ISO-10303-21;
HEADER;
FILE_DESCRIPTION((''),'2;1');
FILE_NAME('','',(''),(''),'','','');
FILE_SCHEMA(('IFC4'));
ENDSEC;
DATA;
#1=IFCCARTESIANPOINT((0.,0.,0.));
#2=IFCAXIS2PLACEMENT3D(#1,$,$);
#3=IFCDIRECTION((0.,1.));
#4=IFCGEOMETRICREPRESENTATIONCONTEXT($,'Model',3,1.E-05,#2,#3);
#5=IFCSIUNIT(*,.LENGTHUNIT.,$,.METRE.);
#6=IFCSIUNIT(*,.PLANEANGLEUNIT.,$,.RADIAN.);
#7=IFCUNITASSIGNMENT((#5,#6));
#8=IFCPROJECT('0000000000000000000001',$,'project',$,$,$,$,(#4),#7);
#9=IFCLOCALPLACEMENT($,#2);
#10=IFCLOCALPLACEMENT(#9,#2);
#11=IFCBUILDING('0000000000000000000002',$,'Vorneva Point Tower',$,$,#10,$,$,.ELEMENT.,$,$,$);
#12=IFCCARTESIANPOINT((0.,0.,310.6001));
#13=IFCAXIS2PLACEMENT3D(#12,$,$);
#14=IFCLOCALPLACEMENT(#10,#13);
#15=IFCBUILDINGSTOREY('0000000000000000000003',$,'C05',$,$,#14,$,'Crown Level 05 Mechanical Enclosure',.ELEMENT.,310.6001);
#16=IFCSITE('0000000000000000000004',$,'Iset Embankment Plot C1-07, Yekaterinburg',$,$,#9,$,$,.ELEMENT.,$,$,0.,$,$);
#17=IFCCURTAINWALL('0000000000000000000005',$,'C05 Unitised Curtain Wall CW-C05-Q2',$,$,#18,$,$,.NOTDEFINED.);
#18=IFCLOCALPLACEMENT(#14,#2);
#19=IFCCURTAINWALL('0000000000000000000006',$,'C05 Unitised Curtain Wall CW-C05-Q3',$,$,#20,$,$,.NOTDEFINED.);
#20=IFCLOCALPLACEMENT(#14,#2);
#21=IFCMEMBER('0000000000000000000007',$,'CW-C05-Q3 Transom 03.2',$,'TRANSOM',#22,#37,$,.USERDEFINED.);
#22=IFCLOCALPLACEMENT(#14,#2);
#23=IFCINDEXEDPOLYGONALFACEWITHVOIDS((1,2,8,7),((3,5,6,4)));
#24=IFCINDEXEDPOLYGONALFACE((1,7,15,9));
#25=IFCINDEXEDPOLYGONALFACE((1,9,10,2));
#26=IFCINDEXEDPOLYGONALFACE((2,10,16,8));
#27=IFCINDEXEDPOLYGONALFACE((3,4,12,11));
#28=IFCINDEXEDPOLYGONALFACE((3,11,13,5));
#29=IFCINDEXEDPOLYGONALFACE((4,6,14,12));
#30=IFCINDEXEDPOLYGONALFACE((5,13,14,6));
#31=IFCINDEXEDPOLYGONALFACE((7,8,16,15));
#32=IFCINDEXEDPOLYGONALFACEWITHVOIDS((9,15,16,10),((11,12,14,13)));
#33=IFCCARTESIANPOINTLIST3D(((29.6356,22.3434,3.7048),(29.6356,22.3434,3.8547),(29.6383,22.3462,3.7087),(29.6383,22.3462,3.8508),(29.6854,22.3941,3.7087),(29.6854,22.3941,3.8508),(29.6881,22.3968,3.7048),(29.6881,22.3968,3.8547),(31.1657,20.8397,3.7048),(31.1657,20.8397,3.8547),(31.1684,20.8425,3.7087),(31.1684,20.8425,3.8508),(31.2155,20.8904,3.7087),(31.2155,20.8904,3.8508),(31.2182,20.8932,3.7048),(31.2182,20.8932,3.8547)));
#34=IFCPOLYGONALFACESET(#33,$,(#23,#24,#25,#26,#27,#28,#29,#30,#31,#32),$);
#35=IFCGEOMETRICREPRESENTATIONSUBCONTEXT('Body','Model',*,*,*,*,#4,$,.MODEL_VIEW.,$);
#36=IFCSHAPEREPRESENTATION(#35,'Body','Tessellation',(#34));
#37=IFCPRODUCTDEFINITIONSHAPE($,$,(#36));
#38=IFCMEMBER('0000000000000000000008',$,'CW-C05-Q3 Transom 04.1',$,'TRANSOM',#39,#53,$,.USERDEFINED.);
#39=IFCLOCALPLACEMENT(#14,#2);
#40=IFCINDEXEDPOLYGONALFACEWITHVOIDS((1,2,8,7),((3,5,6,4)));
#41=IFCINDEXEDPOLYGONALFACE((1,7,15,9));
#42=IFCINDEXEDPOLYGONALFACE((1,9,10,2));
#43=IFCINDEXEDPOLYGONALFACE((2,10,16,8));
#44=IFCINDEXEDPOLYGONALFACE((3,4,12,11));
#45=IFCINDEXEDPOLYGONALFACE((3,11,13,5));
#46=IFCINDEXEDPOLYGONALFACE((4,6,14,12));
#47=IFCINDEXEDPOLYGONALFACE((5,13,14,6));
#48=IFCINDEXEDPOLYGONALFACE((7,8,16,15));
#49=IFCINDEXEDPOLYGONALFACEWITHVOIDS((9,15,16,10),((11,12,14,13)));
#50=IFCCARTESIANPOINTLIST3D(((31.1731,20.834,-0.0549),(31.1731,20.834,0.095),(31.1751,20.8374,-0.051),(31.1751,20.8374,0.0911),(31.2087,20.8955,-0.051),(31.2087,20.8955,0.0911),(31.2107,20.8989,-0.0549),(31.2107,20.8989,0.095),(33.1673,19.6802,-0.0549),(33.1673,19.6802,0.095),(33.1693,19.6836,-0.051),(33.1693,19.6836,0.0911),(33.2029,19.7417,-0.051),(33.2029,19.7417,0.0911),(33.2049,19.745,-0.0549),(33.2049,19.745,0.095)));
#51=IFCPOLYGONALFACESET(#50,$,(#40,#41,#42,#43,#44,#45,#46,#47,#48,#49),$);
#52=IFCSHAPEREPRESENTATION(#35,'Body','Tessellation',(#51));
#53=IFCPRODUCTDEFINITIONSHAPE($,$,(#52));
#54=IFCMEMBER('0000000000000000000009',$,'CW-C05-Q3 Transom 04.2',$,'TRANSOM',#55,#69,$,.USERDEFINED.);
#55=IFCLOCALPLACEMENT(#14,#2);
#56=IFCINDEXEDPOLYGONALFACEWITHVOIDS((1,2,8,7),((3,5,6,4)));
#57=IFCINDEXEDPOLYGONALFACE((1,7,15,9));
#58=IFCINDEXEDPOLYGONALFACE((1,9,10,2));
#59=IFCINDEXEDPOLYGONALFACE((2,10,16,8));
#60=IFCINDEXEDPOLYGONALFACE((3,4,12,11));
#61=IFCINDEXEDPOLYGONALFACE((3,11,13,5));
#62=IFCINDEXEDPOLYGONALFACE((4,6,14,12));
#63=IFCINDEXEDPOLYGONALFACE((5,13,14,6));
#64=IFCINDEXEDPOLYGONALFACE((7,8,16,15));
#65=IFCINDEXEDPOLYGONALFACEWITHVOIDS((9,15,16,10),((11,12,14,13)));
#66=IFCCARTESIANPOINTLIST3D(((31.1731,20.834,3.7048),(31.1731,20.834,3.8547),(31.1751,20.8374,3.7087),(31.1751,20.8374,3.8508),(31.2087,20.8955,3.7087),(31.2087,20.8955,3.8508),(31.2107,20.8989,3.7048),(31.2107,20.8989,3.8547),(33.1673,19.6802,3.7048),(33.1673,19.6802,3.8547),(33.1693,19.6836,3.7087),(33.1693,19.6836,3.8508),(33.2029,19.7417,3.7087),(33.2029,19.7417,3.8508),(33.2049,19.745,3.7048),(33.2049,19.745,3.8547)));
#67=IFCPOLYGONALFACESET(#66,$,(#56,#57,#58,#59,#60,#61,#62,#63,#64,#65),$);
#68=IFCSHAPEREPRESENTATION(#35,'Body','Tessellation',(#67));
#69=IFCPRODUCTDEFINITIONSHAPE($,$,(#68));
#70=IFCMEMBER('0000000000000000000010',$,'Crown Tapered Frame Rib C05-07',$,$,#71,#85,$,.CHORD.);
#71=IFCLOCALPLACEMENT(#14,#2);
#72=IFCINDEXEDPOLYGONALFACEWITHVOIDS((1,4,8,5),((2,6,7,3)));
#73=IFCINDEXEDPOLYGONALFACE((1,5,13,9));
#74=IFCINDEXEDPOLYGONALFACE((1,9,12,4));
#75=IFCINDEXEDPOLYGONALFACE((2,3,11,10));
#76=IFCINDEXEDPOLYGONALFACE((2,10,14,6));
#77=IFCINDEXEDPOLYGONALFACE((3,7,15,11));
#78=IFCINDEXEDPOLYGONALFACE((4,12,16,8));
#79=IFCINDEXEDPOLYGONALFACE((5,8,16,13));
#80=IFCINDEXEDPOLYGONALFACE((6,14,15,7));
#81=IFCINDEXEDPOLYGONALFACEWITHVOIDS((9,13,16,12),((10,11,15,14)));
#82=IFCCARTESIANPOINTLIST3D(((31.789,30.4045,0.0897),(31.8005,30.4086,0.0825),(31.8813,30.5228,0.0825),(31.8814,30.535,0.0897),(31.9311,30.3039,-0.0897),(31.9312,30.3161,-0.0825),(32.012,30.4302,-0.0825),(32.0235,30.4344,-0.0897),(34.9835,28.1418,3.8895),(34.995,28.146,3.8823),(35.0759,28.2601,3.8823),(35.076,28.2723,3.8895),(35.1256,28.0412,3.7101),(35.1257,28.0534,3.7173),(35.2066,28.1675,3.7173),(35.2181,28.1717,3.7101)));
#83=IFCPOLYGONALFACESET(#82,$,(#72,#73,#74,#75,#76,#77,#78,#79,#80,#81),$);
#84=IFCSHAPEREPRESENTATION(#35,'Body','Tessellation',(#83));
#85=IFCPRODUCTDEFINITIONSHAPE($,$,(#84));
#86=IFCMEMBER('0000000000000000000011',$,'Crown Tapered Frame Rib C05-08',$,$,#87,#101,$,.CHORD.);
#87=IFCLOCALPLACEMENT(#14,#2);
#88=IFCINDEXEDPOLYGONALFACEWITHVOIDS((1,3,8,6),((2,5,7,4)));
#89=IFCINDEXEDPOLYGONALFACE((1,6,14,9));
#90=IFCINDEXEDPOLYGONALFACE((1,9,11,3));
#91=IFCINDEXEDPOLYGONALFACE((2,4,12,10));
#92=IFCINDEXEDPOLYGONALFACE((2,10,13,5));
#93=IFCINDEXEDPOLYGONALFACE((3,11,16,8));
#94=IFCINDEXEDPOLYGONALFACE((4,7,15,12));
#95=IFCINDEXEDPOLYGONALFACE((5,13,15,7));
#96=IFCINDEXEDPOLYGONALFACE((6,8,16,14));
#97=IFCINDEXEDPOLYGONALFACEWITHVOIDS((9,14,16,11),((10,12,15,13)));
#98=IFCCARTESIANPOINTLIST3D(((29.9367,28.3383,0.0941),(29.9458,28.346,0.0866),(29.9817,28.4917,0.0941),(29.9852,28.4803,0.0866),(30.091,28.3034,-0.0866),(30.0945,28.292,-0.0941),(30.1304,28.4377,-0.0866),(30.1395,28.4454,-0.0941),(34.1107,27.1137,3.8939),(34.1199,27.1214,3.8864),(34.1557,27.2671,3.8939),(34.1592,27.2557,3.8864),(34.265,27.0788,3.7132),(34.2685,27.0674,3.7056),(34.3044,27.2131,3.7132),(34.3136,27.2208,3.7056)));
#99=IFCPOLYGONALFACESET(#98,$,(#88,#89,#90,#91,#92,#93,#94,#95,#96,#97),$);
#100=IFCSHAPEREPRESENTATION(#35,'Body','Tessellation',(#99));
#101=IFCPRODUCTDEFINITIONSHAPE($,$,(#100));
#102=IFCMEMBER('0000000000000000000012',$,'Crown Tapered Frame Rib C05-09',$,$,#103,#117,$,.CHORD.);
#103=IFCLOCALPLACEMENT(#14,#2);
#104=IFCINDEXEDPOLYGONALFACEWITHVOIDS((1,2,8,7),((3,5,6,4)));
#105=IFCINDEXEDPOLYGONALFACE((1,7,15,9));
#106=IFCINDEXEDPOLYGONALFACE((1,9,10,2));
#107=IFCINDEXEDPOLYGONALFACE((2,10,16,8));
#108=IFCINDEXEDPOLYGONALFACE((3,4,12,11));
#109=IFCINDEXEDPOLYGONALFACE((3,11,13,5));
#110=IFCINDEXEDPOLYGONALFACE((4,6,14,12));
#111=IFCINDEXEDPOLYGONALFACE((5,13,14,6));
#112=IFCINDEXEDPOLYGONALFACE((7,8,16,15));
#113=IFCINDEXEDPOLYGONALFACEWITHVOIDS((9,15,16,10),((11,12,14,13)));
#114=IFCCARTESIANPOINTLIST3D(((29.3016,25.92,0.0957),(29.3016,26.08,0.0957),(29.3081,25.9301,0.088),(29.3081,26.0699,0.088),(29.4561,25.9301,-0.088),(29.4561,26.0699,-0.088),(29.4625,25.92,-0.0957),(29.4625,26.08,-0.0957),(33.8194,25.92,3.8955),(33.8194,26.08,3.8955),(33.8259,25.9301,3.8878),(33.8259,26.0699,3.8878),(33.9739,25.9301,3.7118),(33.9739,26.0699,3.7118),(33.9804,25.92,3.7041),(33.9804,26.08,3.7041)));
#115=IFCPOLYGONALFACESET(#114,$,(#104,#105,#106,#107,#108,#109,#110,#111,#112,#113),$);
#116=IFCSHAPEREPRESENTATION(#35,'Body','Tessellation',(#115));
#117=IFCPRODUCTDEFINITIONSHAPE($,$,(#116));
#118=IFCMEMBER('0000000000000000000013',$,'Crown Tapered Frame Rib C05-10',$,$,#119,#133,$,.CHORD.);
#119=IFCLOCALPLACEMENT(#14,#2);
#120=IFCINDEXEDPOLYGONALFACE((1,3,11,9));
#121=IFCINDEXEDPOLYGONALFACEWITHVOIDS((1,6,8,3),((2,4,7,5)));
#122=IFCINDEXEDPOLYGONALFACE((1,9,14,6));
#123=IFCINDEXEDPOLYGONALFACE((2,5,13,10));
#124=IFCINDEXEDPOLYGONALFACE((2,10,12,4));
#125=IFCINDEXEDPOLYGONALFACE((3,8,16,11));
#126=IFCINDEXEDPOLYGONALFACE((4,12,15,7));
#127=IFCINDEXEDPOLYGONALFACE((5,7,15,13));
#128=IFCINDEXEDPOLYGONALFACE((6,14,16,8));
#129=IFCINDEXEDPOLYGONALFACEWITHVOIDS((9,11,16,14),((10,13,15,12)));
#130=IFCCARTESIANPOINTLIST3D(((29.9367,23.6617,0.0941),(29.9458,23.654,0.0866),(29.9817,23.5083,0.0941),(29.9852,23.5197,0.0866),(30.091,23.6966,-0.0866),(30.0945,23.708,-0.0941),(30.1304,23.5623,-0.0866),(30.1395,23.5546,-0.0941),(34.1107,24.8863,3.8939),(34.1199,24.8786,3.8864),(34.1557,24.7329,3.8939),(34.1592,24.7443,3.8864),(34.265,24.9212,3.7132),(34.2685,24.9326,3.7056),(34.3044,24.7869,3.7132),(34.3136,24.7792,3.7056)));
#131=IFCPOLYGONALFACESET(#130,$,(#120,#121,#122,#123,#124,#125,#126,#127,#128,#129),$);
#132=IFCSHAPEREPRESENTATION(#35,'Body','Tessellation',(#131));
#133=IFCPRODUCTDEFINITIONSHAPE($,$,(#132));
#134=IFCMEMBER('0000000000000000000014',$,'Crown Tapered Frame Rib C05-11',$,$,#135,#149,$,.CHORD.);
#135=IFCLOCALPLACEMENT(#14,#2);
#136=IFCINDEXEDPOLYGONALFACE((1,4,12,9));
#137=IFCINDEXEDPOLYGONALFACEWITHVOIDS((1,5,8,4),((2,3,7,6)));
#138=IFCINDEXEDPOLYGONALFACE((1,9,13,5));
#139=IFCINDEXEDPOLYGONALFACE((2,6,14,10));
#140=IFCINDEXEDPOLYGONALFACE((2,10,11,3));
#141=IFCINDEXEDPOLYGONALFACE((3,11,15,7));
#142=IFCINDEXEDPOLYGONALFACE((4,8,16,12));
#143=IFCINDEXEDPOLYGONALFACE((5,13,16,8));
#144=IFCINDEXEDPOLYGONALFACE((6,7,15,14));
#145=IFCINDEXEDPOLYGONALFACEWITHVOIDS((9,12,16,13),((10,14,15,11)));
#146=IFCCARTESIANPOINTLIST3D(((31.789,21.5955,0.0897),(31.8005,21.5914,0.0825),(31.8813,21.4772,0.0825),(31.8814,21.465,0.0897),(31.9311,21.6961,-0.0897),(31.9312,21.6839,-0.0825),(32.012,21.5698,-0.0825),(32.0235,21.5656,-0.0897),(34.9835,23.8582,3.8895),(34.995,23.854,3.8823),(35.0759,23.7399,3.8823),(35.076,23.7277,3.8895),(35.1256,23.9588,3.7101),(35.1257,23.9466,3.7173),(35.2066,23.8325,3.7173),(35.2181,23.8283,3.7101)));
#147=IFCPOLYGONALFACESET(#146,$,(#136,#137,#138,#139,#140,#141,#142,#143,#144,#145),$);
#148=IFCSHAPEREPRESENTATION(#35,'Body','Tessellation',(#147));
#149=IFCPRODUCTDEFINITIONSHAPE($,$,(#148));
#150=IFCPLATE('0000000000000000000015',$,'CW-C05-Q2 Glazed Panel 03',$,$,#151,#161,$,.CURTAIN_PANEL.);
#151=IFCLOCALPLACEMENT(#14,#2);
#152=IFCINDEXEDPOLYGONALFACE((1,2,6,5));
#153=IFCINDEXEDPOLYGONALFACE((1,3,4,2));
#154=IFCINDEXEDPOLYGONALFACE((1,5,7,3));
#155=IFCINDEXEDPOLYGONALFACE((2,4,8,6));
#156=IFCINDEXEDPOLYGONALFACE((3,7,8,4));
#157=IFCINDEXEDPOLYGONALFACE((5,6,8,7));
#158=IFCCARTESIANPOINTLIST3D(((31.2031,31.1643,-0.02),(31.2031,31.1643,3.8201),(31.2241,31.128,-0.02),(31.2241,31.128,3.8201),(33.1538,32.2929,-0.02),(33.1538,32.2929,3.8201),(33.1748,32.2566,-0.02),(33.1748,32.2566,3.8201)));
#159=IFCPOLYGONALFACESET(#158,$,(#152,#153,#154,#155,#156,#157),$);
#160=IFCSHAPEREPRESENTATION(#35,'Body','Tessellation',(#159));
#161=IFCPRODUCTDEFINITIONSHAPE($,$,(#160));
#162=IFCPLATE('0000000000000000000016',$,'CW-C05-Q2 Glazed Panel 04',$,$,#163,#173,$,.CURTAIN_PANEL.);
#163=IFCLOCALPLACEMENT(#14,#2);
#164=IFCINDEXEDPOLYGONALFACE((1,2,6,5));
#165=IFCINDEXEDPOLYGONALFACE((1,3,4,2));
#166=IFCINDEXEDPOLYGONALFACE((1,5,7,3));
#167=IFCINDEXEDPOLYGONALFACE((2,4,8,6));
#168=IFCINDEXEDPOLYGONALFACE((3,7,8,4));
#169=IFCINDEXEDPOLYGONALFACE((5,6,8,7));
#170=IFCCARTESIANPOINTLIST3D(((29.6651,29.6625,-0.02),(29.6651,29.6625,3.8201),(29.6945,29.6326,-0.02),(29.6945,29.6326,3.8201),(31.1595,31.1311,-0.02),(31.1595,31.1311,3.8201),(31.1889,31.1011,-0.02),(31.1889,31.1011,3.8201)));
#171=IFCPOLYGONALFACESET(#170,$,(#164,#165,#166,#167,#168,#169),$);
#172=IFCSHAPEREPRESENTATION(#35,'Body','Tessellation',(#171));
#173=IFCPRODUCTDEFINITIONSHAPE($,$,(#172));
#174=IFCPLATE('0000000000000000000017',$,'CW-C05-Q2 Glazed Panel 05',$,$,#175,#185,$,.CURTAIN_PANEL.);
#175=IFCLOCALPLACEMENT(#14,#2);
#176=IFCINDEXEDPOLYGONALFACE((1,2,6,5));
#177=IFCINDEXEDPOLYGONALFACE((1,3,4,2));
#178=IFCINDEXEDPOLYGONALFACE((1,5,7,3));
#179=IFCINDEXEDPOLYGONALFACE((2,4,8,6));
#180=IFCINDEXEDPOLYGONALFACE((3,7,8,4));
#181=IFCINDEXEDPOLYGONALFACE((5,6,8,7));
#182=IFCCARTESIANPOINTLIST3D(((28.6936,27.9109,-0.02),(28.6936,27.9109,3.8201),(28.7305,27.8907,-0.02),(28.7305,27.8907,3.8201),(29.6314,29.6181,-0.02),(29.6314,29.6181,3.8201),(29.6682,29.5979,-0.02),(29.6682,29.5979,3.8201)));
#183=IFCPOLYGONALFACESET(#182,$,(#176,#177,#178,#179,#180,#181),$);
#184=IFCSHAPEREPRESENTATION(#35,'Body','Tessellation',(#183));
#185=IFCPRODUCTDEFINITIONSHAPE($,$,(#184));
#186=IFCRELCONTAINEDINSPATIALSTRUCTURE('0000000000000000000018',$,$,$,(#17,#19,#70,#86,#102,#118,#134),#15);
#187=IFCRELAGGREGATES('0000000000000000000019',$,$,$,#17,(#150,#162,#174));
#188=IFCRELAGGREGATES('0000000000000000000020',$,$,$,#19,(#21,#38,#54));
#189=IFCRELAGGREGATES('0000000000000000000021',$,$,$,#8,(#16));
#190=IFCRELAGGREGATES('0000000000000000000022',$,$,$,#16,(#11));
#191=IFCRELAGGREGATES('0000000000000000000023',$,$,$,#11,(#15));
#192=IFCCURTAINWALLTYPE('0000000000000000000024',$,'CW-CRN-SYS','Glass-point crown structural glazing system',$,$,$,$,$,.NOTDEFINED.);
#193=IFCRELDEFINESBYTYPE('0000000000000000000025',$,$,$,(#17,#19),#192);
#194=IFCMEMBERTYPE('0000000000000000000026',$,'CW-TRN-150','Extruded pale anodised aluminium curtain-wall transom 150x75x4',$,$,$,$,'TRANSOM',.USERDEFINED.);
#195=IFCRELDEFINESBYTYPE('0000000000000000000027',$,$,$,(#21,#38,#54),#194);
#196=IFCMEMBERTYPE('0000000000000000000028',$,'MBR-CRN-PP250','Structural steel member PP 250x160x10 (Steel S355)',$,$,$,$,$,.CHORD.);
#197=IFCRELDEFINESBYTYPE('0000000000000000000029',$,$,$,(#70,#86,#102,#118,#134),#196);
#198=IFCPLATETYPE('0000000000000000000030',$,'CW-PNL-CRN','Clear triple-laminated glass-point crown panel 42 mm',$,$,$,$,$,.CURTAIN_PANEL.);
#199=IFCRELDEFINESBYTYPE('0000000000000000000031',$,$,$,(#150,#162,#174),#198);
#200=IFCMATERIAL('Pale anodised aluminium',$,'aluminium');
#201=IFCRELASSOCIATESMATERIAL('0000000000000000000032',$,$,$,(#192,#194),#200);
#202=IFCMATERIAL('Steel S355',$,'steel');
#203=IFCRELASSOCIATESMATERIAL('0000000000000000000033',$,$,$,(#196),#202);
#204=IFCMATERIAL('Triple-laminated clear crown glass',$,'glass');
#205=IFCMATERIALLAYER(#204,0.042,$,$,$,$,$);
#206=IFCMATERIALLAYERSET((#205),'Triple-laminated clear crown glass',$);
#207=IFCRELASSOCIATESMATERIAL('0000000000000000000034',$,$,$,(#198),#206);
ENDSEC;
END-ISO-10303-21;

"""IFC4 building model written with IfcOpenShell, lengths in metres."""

from ifc_helpers import new_model, si_unit, direction, frame, origin, origin_2d, place, context, subcontext, project, spatial, rectangle, hollow_rectangle, extrude, material, layer, layer_set, material_profile, profile_set, type_object, element, aggregate, save


model = new_model("IFC4")

# Units and contexts
model_context = context("Model", 3, precision=1e-05, world=origin(), true_north=direction((0.0, 1.0)))
body_context = subcontext(model_context, "Body", "Model", "MODEL_VIEW")
ifc_project = project(units=[si_unit("LENGTHUNIT", "METRE"), si_unit("PLANEANGLEUNIT", "RADIAN")], contexts=[model_context])

# Site, building, storey
site_placement = place(None, origin())
site = spatial("IfcSite", under=ifc_project, at=site_placement, Name="Iset Embankment Plot C1-07, Yekaterinburg", CompositionType="ELEMENT", RefElevation=0.0)
building_placement = place(site_placement, origin())
building = spatial("IfcBuilding", under=site, at=building_placement, Name="Vorneva Point Tower", CompositionType="ELEMENT")
storey_placement = place(building_placement, frame((0.0, 0.0, 310.6001)))
storey = spatial("IfcBuildingStorey", under=building, at=storey_placement, Name="C05", LongName="Crown Level 05 Mechanical Enclosure", CompositionType="ELEMENT", Elevation=310.6001)

# Shared definitions
ifc_material_1 = material(Name="Steel S355", Category="steel")

# Curtain walls
ifc_material_2 = material(Name="Pale anodised aluminium", Category="aluminium")
curtain_wall_type = type_object("IfcCurtainWallType", Name="CW-CRN-SYS", Description="Glass-point crown structural glazing system", PredefinedType="NOTDEFINED", material=ifc_material_2)
curtain_wall_1_placement = place(storey_placement, origin())
curtain_wall_1 = element("IfcCurtainWall", 1, at=curtain_wall_1_placement, inside=storey, type_object=curtain_wall_type, Name="C05 Unitised Curtain Wall CW-C05-Q2", PredefinedType="NOTDEFINED")
curtain_wall_2_placement = place(storey_placement, origin())
curtain_wall_2 = element("IfcCurtainWall", 2, at=curtain_wall_2_placement, inside=storey, type_object=curtain_wall_type, Name="C05 Unitised Curtain Wall CW-C05-Q3", PredefinedType="NOTDEFINED")

# Members
ifc_material_profile_1 = material_profile(ifc_material_2, hollow_rectangle(XDim=0.075, YDim=0.1499, WallThickness=0.0039, at=origin_2d()), Name="AL-TRN 150x75x4")
ifc_profile_set_1 = profile_set([ifc_material_profile_1], Name="Pale anodised aluminium")
member_type_1 = type_object("IfcMemberType", Name="CW-TRN-150", Description="Extruded pale anodised aluminium curtain-wall transom 150x75x4", ElementType="TRANSOM", PredefinedType="USERDEFINED", material=ifc_profile_set_1)
member_1_placement = place(storey_placement, frame((29.6619, 22.3701, 3.7798), z_axis=(0.713226, -0.700935, 0.0), x_axis=(0.700935, 0.713226, 0.0)))
member_1 = element("IfcMember", 3, at=member_1_placement, type_object=member_type_1, Name="CW-C05-Q3 Transom 03.2", ObjectType="TRANSOM", PredefinedType="USERDEFINED", context=body_context, shape_type="SweptSolid", body=[
    extrude(hollow_rectangle(XDim=0.075, YDim=0.1499, WallThickness=0.0039, at=origin_2d()), origin(), (0.0, 0.0, 1.0), 2.1453),
])
member_2_placement = place(storey_placement, frame((31.1919, 20.8665, 0.02), z_axis=(0.865557, -0.500811, 0.0), x_axis=(0.500811, 0.865557, 0.0)))
member_2 = element("IfcMember", 4, at=member_2_placement, type_object=member_type_1, Name="CW-C05-Q3 Transom 04.1", ObjectType="TRANSOM", PredefinedType="USERDEFINED", context=body_context, shape_type="SweptSolid", body=[
    extrude(hollow_rectangle(XDim=0.075, YDim=0.1499, WallThickness=0.0039, at=origin_2d()), origin(), (0.0, 0.0, 1.0), 2.304),
])
member_3_placement = place(storey_placement, frame((31.1919, 20.8665, 3.7798), z_axis=(0.865557, -0.500811, 0.0), x_axis=(0.500811, 0.865557, 0.0)))
member_3 = element("IfcMember", 5, at=member_3_placement, type_object=member_type_1, Name="CW-C05-Q3 Transom 04.2", ObjectType="TRANSOM", PredefinedType="USERDEFINED", context=body_context, shape_type="SweptSolid", body=[
    extrude(hollow_rectangle(XDim=0.075, YDim=0.1499, WallThickness=0.0039, at=origin_2d()), origin(), (0.0, 0.0, 1.0), 2.304),
])

# Members
ifc_material_profile_2 = material_profile(ifc_material_1, hollow_rectangle(XDim=0.1599, YDim=0.25, WallThickness=0.01, at=origin_2d()), Name="PP 250x160x10")
ifc_profile_set_2 = profile_set([ifc_material_profile_2], Name="Steel S355")
member_type_2 = type_object("IfcMemberType", Name="MBR-CRN-PP250", Description="Structural steel member PP 250x160x10 (Steel S355)", PredefinedType="CHORD", material=ifc_profile_set_2)
member_4_placement = place(storey_placement, frame((31.9062, 30.4194, 0.0), z_axis=(0.585559, -0.414747, 0.696495), x_axis=(0.577995, 0.81604, 0.0)))
element("IfcMember", 6, at=member_4_placement, inside=storey, type_object=member_type_2, Name="Crown Tapered Frame Rib C05-07", PredefinedType="CHORD", context=body_context, shape_type="SweptSolid", body=[
    extrude(hollow_rectangle(XDim=0.1599, YDim=0.25, WallThickness=0.01, at=origin_2d()), origin(), (0.0, 0.0, 1.0), 5.4556),
])
member_5_placement = place(storey_placement, frame((30.0381, 28.3918, 0.0), z_axis=(0.72267, -0.21202, 0.657872), x_axis=(0.281519, 0.959556, 0.0)))
element("IfcMember", 7, at=member_5_placement, inside=storey, type_object=member_type_2, Name="Crown Tapered Frame Rib C05-08", PredefinedType="CHORD", context=body_context, shape_type="SweptSolid", body=[
    extrude(hollow_rectangle(XDim=0.1599, YDim=0.25, WallThickness=0.01, at=origin_2d()), origin(), (0.0, 0.0, 1.0), 5.7759),
])
member_6_placement = place(storey_placement, frame((29.3821, 26.0, 0.0), z_axis=(0.765301, 0.0, 0.643672), x_axis=(0.0, 1.0, 0.0)))
element("IfcMember", 8, at=member_6_placement, inside=storey, type_object=member_type_2, Name="Crown Tapered Frame Rib C05-09", PredefinedType="CHORD", context=body_context, shape_type="SweptSolid", body=[
    extrude(hollow_rectangle(XDim=0.1599, YDim=0.25, WallThickness=0.01, at=origin_2d()), origin(), (0.0, 0.0, 1.0), 5.9033),
])
member_7_placement = place(storey_placement, frame((30.0381, 23.6082, 0.0), z_axis=(0.72267, 0.21202, 0.657872), x_axis=(-0.281519, 0.959556, 0.0)))
element("IfcMember", 9, at=member_7_placement, inside=storey, type_object=member_type_2, Name="Crown Tapered Frame Rib C05-10", PredefinedType="CHORD", context=body_context, shape_type="SweptSolid", body=[
    extrude(hollow_rectangle(XDim=0.1599, YDim=0.25, WallThickness=0.01, at=origin_2d()), origin(), (0.0, 0.0, 1.0), 5.7759),
])
member_8_placement = place(storey_placement, frame((31.9062, 21.5806, 0.0), z_axis=(0.585559, 0.414747, 0.696495), x_axis=(-0.577995, 0.81604, 0.0)))
element("IfcMember", 10, at=member_8_placement, inside=storey, type_object=member_type_2, Name="Crown Tapered Frame Rib C05-11", PredefinedType="CHORD", context=body_context, shape_type="SweptSolid", body=[
    extrude(hollow_rectangle(XDim=0.1599, YDim=0.25, WallThickness=0.01, at=origin_2d()), origin(), (0.0, 0.0, 1.0), 5.4556),
])

# Plates
ifc_material_3 = material(Name="Triple-laminated clear crown glass", Category="glass")
ifc_layer_1 = layer(ifc_material_3, 0.042)
ifc_layer_set_1 = layer_set([ifc_layer_1], Name="Triple-laminated clear crown glass")
plate_type = type_object("IfcPlateType", Name="CW-PNL-CRN", Description="Clear triple-laminated glass-point crown panel 42 mm", PredefinedType="CURTAIN_PANEL", material=ifc_layer_set_1)
plate_1_placement = place(storey_placement, frame((32.189, 31.7104, -0.02), z_axis=(0.0, 0.0, 1.0), x_axis=(-0.865563, -0.500801, 0.0)))
plate_1 = element("IfcPlate", 11, at=plate_1_placement, type_object=plate_type, Name="CW-C05-Q2 Glazed Panel 03", PredefinedType="CURTAIN_PANEL", context=body_context, shape_type="SweptSolid", body=[
    extrude(rectangle(XDim=2.2537, YDim=0.042, at=origin_2d()), origin(), (0.0, 0.0, 1.0), 3.8401),
])
plate_2_placement = place(storey_placement, frame((30.427, 30.3818, -0.02), z_axis=(0.0, 0.0, 1.0), x_axis=(-0.71325, -0.700909, 0.0)))
plate_2 = element("IfcPlate", 12, at=plate_2_placement, type_object=plate_type, Name="CW-C05-Q2 Glazed Panel 04", PredefinedType="CURTAIN_PANEL", context=body_context, shape_type="SweptSolid", body=[
    extrude(rectangle(XDim=2.0952, YDim=0.042, at=origin_2d()), origin(), (0.0, 0.0, 1.0), 3.8401),
])
plate_3_placement = place(storey_placement, frame((29.1809, 28.7544, -0.02), z_axis=(0.0, 0.0, 1.0), x_axis=(-0.481432, -0.876483, 0.0)))
plate_3 = element("IfcPlate", 13, at=plate_3_placement, type_object=plate_type, Name="CW-C05-Q2 Glazed Panel 05", PredefinedType="CURTAIN_PANEL", context=body_context, shape_type="SweptSolid", body=[
    extrude(rectangle(XDim=1.9478, YDim=0.042, at=origin_2d()), origin(), (0.0, 0.0, 1.0), 3.8401),
])
aggregate(curtain_wall_1, [plate_1, plate_2, plate_3])
aggregate(curtain_wall_2, [member_1, member_2, member_3])

save(model, "model.ifc")
